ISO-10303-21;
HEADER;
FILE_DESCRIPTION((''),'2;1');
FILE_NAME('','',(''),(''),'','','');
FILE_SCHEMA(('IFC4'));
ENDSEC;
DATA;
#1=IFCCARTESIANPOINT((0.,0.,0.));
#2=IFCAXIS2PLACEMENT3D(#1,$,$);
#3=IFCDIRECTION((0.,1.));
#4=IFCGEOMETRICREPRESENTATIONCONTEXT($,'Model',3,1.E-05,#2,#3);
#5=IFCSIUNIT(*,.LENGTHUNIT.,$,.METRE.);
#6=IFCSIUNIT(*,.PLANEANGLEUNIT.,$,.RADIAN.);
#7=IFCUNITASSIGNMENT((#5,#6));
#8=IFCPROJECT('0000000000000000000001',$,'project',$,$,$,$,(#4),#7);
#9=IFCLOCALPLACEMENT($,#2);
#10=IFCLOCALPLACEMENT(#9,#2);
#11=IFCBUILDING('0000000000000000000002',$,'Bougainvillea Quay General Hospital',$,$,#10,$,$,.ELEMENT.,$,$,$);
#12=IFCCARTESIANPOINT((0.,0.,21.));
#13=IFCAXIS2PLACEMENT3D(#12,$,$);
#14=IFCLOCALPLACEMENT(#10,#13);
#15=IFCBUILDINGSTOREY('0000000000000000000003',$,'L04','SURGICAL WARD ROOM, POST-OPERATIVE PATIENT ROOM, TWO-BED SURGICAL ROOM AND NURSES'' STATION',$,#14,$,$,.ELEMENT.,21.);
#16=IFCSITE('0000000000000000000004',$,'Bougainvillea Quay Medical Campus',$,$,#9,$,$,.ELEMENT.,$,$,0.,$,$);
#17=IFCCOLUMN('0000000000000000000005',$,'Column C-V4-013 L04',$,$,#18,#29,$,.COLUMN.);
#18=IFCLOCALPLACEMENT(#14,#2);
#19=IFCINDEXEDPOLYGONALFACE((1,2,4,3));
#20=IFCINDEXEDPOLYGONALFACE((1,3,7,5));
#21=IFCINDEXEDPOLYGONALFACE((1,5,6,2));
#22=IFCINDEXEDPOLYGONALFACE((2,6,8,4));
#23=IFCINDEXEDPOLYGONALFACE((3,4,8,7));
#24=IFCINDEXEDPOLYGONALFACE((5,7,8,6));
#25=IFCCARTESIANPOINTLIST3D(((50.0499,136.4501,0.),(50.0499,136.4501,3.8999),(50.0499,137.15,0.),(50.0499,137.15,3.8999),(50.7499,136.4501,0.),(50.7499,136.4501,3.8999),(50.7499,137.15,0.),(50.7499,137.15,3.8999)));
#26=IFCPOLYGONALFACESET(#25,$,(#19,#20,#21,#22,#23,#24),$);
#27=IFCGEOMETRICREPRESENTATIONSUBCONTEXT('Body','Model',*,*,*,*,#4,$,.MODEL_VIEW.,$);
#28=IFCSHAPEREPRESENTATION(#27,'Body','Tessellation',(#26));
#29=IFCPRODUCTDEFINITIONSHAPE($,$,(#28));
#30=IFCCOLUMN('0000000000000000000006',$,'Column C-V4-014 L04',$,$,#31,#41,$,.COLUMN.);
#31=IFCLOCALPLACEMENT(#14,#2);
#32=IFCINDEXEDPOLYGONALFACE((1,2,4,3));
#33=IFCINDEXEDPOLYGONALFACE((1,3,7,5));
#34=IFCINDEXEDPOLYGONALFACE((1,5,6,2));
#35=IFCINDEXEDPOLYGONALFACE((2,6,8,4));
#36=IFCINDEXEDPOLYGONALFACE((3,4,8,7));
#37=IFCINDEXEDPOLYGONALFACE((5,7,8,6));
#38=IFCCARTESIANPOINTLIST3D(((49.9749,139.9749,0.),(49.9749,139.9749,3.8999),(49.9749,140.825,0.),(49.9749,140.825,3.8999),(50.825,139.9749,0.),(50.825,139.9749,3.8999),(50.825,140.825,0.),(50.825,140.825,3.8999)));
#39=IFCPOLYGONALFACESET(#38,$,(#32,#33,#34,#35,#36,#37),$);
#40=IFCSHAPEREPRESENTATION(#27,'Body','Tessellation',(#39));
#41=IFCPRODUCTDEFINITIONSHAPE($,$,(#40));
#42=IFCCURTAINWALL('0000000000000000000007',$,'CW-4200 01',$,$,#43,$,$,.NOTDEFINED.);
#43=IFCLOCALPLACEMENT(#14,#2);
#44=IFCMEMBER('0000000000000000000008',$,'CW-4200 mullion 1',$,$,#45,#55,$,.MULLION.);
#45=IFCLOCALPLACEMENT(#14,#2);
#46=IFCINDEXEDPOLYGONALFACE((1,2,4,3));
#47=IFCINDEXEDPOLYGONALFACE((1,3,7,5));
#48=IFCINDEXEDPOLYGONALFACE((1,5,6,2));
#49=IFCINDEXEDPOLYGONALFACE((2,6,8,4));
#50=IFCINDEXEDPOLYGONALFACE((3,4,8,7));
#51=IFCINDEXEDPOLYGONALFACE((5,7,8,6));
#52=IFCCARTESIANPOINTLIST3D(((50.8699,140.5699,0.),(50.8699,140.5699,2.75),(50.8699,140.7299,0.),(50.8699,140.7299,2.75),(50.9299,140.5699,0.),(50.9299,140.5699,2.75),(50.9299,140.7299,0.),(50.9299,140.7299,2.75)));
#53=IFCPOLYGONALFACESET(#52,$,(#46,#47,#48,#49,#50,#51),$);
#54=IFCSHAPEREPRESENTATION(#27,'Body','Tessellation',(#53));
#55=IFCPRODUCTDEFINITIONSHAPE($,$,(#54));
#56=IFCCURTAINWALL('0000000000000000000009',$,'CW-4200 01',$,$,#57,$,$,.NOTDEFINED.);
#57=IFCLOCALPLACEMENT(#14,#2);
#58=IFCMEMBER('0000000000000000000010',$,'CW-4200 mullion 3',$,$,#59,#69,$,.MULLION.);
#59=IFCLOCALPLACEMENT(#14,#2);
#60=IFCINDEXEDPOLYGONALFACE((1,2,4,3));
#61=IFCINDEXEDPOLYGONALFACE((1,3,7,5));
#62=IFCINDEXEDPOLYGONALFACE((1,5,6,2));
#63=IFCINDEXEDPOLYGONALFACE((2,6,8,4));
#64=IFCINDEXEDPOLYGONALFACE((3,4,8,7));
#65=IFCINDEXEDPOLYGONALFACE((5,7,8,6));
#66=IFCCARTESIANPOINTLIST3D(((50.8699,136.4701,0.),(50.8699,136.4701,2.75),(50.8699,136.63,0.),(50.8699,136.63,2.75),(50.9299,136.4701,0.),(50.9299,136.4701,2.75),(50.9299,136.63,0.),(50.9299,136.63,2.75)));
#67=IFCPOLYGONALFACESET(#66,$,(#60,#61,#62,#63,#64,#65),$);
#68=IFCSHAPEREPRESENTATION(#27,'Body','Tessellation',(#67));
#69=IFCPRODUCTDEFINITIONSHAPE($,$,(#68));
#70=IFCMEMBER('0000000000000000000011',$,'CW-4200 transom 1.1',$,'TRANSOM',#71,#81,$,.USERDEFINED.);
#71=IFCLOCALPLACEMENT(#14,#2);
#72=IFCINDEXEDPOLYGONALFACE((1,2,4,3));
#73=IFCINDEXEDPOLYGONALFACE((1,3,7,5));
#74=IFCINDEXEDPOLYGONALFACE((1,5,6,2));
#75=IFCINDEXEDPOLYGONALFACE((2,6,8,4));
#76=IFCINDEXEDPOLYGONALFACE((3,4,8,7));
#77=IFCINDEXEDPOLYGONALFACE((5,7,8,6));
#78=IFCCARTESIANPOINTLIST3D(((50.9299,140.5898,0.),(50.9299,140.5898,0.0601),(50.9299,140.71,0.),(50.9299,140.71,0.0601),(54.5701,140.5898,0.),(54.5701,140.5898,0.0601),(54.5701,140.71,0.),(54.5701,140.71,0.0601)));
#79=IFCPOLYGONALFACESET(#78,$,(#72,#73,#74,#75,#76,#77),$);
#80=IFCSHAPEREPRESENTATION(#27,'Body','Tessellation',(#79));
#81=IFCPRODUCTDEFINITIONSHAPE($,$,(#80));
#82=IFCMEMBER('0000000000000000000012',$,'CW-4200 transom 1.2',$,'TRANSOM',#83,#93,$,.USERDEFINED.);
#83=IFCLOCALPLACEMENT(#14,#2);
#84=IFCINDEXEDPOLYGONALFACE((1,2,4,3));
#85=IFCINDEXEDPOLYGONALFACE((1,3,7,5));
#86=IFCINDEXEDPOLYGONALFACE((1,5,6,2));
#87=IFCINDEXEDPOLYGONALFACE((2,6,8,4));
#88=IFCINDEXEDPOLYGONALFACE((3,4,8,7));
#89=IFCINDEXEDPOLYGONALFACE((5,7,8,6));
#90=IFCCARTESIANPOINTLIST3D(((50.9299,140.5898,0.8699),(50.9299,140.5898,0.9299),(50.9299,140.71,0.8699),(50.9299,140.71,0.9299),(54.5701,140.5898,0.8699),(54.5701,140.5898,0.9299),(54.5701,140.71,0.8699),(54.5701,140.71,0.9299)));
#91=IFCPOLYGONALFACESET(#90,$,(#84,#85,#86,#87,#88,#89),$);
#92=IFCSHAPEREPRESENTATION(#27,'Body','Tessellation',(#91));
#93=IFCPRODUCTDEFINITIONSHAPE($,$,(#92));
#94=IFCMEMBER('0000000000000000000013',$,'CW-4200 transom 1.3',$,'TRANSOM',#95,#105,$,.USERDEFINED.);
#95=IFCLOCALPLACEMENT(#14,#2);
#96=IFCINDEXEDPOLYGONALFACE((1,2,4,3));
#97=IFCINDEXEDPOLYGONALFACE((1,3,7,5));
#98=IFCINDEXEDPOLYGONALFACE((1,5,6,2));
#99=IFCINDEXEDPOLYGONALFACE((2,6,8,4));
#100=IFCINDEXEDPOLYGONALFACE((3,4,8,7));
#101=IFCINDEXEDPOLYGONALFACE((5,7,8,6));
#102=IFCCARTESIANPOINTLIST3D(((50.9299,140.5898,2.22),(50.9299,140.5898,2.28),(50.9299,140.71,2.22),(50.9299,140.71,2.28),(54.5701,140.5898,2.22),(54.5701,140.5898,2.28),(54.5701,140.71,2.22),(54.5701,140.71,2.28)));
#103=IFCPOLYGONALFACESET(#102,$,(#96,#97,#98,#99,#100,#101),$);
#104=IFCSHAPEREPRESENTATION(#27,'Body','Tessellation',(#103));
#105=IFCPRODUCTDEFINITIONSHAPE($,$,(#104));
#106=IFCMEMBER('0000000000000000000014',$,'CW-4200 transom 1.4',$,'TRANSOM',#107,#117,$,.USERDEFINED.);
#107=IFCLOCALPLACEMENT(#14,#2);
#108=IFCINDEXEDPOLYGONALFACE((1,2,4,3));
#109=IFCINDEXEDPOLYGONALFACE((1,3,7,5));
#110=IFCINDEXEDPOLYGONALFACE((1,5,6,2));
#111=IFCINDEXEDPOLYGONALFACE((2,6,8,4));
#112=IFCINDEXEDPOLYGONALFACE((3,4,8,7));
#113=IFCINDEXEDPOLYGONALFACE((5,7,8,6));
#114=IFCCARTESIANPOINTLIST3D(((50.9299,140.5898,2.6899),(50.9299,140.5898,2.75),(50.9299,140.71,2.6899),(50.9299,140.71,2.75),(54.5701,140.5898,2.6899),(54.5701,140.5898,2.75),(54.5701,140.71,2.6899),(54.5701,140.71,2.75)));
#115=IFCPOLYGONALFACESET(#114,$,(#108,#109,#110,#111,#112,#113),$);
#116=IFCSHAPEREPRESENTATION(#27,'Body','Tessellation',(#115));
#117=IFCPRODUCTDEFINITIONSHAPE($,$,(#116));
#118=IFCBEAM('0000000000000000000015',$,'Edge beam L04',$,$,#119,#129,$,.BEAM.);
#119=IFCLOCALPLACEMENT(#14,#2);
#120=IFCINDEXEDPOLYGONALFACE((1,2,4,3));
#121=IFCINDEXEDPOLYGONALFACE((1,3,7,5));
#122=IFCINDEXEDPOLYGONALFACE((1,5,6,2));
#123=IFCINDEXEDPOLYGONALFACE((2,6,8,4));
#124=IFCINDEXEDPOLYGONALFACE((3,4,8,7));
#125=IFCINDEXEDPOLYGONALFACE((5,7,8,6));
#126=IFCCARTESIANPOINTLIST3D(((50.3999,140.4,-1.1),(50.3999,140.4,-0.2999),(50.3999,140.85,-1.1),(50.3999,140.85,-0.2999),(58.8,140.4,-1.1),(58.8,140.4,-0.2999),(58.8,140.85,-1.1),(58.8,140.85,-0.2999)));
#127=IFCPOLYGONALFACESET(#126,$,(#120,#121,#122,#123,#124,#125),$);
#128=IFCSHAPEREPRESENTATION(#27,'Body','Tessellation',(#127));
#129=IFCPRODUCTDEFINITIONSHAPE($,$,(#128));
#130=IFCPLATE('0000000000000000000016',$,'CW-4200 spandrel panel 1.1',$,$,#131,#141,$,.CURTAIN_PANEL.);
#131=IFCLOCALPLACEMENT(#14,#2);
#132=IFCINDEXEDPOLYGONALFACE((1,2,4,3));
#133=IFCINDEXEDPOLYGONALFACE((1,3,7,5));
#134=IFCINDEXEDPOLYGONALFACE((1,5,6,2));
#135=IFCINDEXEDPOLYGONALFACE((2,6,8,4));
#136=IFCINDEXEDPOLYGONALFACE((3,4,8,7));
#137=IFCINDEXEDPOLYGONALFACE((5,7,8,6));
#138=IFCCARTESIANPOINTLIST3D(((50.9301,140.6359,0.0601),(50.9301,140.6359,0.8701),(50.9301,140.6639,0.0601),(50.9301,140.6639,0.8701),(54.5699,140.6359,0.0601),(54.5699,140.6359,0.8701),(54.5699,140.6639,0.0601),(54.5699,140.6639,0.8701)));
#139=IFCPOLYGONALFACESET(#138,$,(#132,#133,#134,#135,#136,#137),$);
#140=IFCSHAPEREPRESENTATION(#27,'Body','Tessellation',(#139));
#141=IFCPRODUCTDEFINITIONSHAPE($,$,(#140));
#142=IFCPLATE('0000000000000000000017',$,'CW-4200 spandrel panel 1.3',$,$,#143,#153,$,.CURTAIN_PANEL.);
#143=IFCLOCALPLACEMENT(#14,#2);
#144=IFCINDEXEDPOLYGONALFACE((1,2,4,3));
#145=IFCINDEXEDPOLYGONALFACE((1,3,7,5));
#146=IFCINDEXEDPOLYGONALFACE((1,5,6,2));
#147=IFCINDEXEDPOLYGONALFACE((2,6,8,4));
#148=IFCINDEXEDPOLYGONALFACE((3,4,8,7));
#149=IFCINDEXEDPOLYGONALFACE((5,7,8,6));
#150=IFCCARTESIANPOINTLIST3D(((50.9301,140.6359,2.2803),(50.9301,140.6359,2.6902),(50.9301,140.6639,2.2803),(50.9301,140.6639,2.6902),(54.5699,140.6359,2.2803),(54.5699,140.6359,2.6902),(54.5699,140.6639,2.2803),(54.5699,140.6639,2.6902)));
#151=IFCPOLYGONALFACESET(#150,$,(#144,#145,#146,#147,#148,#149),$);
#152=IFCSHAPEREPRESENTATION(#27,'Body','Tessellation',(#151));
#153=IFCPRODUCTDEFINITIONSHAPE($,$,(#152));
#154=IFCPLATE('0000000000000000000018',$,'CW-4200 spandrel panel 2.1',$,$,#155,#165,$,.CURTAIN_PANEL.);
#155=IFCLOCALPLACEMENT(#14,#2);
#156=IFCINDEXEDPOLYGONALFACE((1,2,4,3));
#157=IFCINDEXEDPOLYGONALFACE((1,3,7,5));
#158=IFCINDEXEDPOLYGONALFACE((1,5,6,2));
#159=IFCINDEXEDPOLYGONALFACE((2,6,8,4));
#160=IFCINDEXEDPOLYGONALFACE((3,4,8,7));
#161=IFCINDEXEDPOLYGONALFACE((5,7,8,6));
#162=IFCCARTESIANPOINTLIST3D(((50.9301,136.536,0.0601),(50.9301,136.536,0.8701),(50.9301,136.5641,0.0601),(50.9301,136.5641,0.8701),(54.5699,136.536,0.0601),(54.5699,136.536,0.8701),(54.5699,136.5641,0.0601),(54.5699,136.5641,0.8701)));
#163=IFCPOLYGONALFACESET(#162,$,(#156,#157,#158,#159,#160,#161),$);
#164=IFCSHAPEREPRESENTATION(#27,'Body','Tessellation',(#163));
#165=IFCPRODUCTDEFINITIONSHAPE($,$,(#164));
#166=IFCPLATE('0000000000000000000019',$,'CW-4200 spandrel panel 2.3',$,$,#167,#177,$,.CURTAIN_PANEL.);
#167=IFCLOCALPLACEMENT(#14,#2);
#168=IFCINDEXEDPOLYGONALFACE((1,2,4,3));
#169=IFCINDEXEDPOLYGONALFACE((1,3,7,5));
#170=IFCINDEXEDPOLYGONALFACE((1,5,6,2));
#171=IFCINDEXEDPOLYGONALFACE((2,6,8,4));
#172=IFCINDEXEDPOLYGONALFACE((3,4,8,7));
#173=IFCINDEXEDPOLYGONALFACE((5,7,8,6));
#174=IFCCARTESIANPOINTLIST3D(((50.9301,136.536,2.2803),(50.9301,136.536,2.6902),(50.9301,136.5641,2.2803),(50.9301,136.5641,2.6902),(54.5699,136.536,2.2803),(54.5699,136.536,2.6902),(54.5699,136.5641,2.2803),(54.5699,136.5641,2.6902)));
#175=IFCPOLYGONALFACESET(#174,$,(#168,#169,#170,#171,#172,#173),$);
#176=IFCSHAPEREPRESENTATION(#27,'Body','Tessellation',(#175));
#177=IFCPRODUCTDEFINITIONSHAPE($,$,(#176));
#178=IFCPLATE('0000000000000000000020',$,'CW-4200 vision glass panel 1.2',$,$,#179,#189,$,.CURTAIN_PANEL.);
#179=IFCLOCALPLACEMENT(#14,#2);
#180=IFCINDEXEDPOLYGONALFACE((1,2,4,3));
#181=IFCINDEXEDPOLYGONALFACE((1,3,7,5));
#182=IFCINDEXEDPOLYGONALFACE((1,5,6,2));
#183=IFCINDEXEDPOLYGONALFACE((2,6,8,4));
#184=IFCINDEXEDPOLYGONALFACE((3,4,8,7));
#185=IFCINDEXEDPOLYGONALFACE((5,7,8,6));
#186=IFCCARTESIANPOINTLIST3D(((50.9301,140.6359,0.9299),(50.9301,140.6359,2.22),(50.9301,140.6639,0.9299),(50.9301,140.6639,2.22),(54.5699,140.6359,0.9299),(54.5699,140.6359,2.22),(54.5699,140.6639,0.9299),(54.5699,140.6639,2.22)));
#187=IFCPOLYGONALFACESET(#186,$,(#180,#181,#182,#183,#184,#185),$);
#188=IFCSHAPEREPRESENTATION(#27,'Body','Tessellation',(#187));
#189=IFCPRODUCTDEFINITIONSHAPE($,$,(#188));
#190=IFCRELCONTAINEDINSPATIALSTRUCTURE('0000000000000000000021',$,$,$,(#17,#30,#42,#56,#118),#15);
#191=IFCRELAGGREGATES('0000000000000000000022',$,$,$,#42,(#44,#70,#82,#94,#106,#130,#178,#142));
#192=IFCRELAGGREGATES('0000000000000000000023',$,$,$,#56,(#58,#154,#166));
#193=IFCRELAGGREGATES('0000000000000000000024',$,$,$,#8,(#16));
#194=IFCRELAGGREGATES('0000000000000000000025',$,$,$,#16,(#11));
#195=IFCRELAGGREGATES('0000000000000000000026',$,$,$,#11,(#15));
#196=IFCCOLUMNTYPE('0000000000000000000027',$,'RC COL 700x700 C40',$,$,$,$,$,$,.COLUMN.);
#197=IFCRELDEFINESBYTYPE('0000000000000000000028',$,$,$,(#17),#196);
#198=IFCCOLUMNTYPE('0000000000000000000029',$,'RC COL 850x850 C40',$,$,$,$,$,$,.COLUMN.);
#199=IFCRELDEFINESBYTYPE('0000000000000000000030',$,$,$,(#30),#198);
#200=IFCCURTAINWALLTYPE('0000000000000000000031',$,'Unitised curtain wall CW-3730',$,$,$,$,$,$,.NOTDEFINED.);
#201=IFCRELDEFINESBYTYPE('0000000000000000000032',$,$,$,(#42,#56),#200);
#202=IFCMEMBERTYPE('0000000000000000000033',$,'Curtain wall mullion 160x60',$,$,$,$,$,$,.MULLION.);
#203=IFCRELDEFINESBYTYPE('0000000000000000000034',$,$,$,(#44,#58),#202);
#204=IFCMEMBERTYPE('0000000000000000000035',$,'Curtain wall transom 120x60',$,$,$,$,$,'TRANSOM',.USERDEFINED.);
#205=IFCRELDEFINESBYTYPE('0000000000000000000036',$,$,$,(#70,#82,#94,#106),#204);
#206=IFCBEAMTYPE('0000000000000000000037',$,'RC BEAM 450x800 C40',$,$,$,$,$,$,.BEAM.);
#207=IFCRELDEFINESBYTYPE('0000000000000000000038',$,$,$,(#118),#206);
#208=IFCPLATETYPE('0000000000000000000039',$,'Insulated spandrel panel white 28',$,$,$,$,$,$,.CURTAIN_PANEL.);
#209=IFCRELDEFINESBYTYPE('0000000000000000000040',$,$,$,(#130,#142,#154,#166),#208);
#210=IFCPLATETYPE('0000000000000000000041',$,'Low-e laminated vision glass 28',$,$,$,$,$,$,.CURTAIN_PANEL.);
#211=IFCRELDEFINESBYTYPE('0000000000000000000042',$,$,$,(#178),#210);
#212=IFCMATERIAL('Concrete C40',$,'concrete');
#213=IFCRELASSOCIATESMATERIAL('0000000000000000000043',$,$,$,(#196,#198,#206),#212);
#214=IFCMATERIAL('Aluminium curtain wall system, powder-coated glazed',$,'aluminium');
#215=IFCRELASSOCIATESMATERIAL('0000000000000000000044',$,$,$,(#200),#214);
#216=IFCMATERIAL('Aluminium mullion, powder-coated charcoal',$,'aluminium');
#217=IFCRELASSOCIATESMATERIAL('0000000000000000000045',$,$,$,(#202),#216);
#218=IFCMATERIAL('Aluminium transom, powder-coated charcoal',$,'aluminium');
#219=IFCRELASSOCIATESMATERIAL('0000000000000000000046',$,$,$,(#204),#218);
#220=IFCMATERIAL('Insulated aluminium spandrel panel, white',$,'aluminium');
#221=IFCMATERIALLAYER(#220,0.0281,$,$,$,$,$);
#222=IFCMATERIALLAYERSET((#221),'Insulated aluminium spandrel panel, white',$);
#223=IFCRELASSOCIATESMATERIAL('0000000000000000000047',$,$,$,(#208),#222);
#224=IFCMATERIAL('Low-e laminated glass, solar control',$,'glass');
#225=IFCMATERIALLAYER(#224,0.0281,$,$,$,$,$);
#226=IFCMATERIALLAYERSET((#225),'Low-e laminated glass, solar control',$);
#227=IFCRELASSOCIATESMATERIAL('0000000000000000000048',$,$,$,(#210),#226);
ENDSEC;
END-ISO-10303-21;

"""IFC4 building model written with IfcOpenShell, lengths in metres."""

from ifc_helpers import new_model, si_unit, direction, frame, origin, origin_2d, place, context, subcontext, project, spatial, rectangle, extrude, material, layer, layer_set, material_profile, profile_set, type_object, element, aggregate, save


model = new_model("IFC4")

# Units and contexts
model_context = context("Model", 3, precision=1e-05, world=origin(), true_north=direction((0.0, 1.0)))
body_context = subcontext(model_context, "Body", "Model", "MODEL_VIEW")
ifc_project = project(units=[si_unit("LENGTHUNIT", "METRE"), si_unit("PLANEANGLEUNIT", "RADIAN")], contexts=[model_context])

# Site, building, storey
site_placement = place(None, origin())
site = spatial("IfcSite", under=ifc_project, at=site_placement, Name="Bougainvillea Quay Medical Campus", CompositionType="ELEMENT", RefElevation=0.0)
building_placement = place(site_placement, origin())
building = spatial("IfcBuilding", under=site, at=building_placement, Name="Bougainvillea Quay General Hospital", CompositionType="ELEMENT")
storey_placement = place(building_placement, frame((0.0, 0.0, 21.0)))
storey = spatial("IfcBuildingStorey", under=building, at=storey_placement, Name="L04", Description="SURGICAL WARD ROOM, POST-OPERATIVE PATIENT ROOM, TWO-BED SURGICAL ROOM AND NURSES' STATION", CompositionType="ELEMENT", Elevation=21.0)

# Columns
ifc_material_1 = material(Name="Concrete C40", Category="concrete")
ifc_material_profile_1 = material_profile(ifc_material_1, rectangle(XDim=0.7, YDim=0.7, at=origin_2d()))
ifc_profile_set_1 = profile_set([ifc_material_profile_1], Name="Concrete C40")
column_type_1 = type_object("IfcColumnType", Name="RC COL 700x700 C40", PredefinedType="COLUMN", material=ifc_profile_set_1)
column_1_placement = place(storey_placement, frame((50.3999, 136.8, 0.0), z_axis=(0.0, 0.0, 1.0), x_axis=(1.0, 0.0, 0.0)))
element("IfcColumn", 1, at=column_1_placement, inside=storey, type_object=column_type_1, Name="Column C-V4-013 L04", PredefinedType="COLUMN", context=body_context, shape_type="SweptSolid", body=[
    extrude(rectangle(XDim=0.7, YDim=0.7, at=origin_2d()), origin(), (0.0, 0.0, 1.0), 3.8999),
])
ifc_material_profile_2 = material_profile(ifc_material_1, rectangle(XDim=0.8501, YDim=0.8501, at=origin_2d()))
ifc_profile_set_2 = profile_set([ifc_material_profile_2], Name="Concrete C40")
column_type_2 = type_object("IfcColumnType", Name="RC COL 850x850 C40", PredefinedType="COLUMN", material=ifc_profile_set_2)
column_2_placement = place(storey_placement, frame((50.3999, 140.3999, 0.0), z_axis=(0.0, 0.0, 1.0), x_axis=(1.0, 0.0, 0.0)))
element("IfcColumn", 2, at=column_2_placement, inside=storey, type_object=column_type_2, Name="Column C-V4-014 L04", PredefinedType="COLUMN", context=body_context, shape_type="SweptSolid", body=[
    extrude(rectangle(XDim=0.8501, YDim=0.8501, at=origin_2d()), origin(), (0.0, 0.0, 1.0), 3.8999),
])

# Curtain walls, members
ifc_material_2 = material(Name="Aluminium curtain wall system, powder-coated glazed", Category="aluminium")
curtain_wall_type = type_object("IfcCurtainWallType", Name="Unitised curtain wall CW-3730", PredefinedType="NOTDEFINED", material=ifc_material_2)
curtain_wall_1_placement = place(storey_placement, origin())
curtain_wall_1 = element("IfcCurtainWall", 3, at=curtain_wall_1_placement, inside=storey, type_object=curtain_wall_type, Name="CW-4200 01", PredefinedType="NOTDEFINED")
ifc_material_3 = material(Name="Aluminium mullion, powder-coated charcoal", Category="aluminium")
ifc_material_profile_3 = material_profile(ifc_material_3, rectangle(XDim=0.1599, YDim=0.0601, at=origin_2d()))
ifc_profile_set_3 = profile_set([ifc_material_profile_3], Name="Aluminium mullion, powder-coated charcoal")
member_type_1 = type_object("IfcMemberType", Name="Curtain wall mullion 160x60", PredefinedType="MULLION", material=ifc_profile_set_3)
member_1_placement = place(storey_placement, frame((50.8999, 140.6499, 0.0), z_axis=(0.0, 0.0, 1.0), x_axis=(0.0, 1.0, 0.0)))
member_1 = element("IfcMember", 4, at=member_1_placement, type_object=member_type_1, Name="CW-4200 mullion 1", PredefinedType="MULLION", context=body_context, shape_type="SweptSolid", body=[
    extrude(rectangle(XDim=0.1599, YDim=0.0601, at=origin_2d()), origin(), (0.0, 0.0, 1.0), 2.75),
])
curtain_wall_2_placement = place(storey_placement, origin())
curtain_wall_2 = element("IfcCurtainWall", 5, at=curtain_wall_2_placement, inside=storey, type_object=curtain_wall_type, Name="CW-4200 01", PredefinedType="NOTDEFINED")
member_2_placement = place(storey_placement, frame((50.8999, 136.55, 0.0), z_axis=(0.0, 0.0, 1.0), x_axis=(0.0, -1.0, 0.0)))
member_2 = element("IfcMember", 6, at=member_2_placement, type_object=member_type_1, Name="CW-4200 mullion 3", PredefinedType="MULLION", context=body_context, shape_type="SweptSolid", body=[
    extrude(rectangle(XDim=0.1599, YDim=0.0601, at=origin_2d()), origin(), (0.0, 0.0, 1.0), 2.75),
])

# Members
ifc_material_4 = material(Name="Aluminium transom, powder-coated charcoal", Category="aluminium")
ifc_material_profile_4 = material_profile(ifc_material_4, rectangle(XDim=0.1201, YDim=0.0601, at=origin_2d()))
ifc_profile_set_4 = profile_set([ifc_material_profile_4], Name="Aluminium transom, powder-coated charcoal")
member_type_2 = type_object("IfcMemberType", Name="Curtain wall transom 120x60", ElementType="TRANSOM", PredefinedType="USERDEFINED", material=ifc_profile_set_4)
member_3_placement = place(storey_placement, frame((50.9299, 140.6499, 0.03), z_axis=(1.0, 0.0, 0.0), x_axis=(0.0, 1.0, 0.0)))
member_3 = element("IfcMember", 7, at=member_3_placement, type_object=member_type_2, Name="CW-4200 transom 1.1", ObjectType="TRANSOM", PredefinedType="USERDEFINED", context=body_context, shape_type="SweptSolid", body=[
    extrude(rectangle(XDim=0.1201, YDim=0.0601, at=origin_2d()), origin(), (0.0, 0.0, 1.0), 3.6401),
])
member_4_placement = place(storey_placement, frame((50.9299, 140.6499, 0.8999), z_axis=(1.0, 0.0, 0.0), x_axis=(0.0, 1.0, 0.0)))
member_4 = element("IfcMember", 8, at=member_4_placement, type_object=member_type_2, Name="CW-4200 transom 1.2", ObjectType="TRANSOM", PredefinedType="USERDEFINED", context=body_context, shape_type="SweptSolid", body=[
    extrude(rectangle(XDim=0.1201, YDim=0.0601, at=origin_2d()), origin(), (0.0, 0.0, 1.0), 3.6401),
])
member_5_placement = place(storey_placement, frame((50.9299, 140.6499, 2.25), z_axis=(1.0, 0.0, 0.0), x_axis=(0.0, 1.0, 0.0)))
member_5 = element("IfcMember", 9, at=member_5_placement, type_object=member_type_2, Name="CW-4200 transom 1.3", ObjectType="TRANSOM", PredefinedType="USERDEFINED", context=body_context, shape_type="SweptSolid", body=[
    extrude(rectangle(XDim=0.1201, YDim=0.0601, at=origin_2d()), origin(), (0.0, 0.0, 1.0), 3.6401),
])
member_6_placement = place(storey_placement, frame((50.9299, 140.6499, 2.72), z_axis=(1.0, 0.0, 0.0), x_axis=(0.0, 1.0, 0.0)))
member_6 = element("IfcMember", 10, at=member_6_placement, type_object=member_type_2, Name="CW-4200 transom 1.4", ObjectType="TRANSOM", PredefinedType="USERDEFINED", context=body_context, shape_type="SweptSolid", body=[
    extrude(rectangle(XDim=0.1201, YDim=0.0601, at=origin_2d()), origin(), (0.0, 0.0, 1.0), 3.6401),
])

# Beam
ifc_material_profile_5 = material_profile(ifc_material_1, rectangle(XDim=0.45, YDim=0.8, at=origin_2d()))
ifc_profile_set_5 = profile_set([ifc_material_profile_5], Name="Concrete C40")
beam_type = type_object("IfcBeamType", Name="RC BEAM 450x800 C40", PredefinedType="BEAM", material=ifc_profile_set_5)
beam_placement = place(storey_placement, frame((50.3999, 140.625, -0.7), z_axis=(1.0, 0.0, 0.0), x_axis=(0.0, 1.0, 0.0)))
element("IfcBeam", 11, at=beam_placement, inside=storey, type_object=beam_type, Name="Edge beam L04", PredefinedType="BEAM", context=body_context, shape_type="SweptSolid", body=[
    extrude(rectangle(XDim=0.45, YDim=0.8, at=origin_2d()), origin(), (0.0, 0.0, 1.0), 8.4001),
])

# Plates
ifc_material_5 = material(Name="Insulated aluminium spandrel panel, white", Category="aluminium")
ifc_layer_1 = layer(ifc_material_5, 0.0281)
ifc_layer_set_1 = layer_set([ifc_layer_1], Name="Insulated aluminium spandrel panel, white")
plate_type_1 = type_object("IfcPlateType", Name="Insulated spandrel panel white 28", PredefinedType="CURTAIN_PANEL", material=ifc_layer_set_1)
plate_1_placement = place(storey_placement, frame((52.75, 140.6499, 0.0601), z_axis=(0.0, 0.0, 1.0), x_axis=(1.0, 0.0, 0.0)))
plate_1 = element("IfcPlate", 12, at=plate_1_placement, type_object=plate_type_1, Name="CW-4200 spandrel panel 1.1", PredefinedType="CURTAIN_PANEL", context=body_context, shape_type="SweptSolid", body=[
    extrude(rectangle(XDim=3.6399, YDim=0.0281, at=origin_2d()), origin(), (0.0, 0.0, 1.0), 0.8101),
])
plate_2_placement = place(storey_placement, frame((52.75, 140.6499, 2.2803), z_axis=(0.0, 0.0, 1.0), x_axis=(1.0, 0.0, 0.0)))
plate_2 = element("IfcPlate", 13, at=plate_2_placement, type_object=plate_type_1, Name="CW-4200 spandrel panel 1.3", PredefinedType="CURTAIN_PANEL", context=body_context, shape_type="SweptSolid", body=[
    extrude(rectangle(XDim=3.6399, YDim=0.0281, at=origin_2d()), origin(), (0.0, 0.0, 1.0), 0.4099),
])
plate_3_placement = place(storey_placement, frame((52.75, 136.55, 0.0601), z_axis=(0.0, 0.0, 1.0), x_axis=(-1.0, 0.0, 0.0)))
plate_3 = element("IfcPlate", 14, at=plate_3_placement, type_object=plate_type_1, Name="CW-4200 spandrel panel 2.1", PredefinedType="CURTAIN_PANEL", context=body_context, shape_type="SweptSolid", body=[
    extrude(rectangle(XDim=3.6399, YDim=0.0281, at=origin_2d()), origin(), (0.0, 0.0, 1.0), 0.8101),
])
plate_4_placement = place(storey_placement, frame((52.75, 136.55, 2.2803), z_axis=(0.0, 0.0, 1.0), x_axis=(-1.0, 0.0, 0.0)))
plate_4 = element("IfcPlate", 15, at=plate_4_placement, type_object=plate_type_1, Name="CW-4200 spandrel panel 2.3", PredefinedType="CURTAIN_PANEL", context=body_context, shape_type="SweptSolid", body=[
    extrude(rectangle(XDim=3.6399, YDim=0.0281, at=origin_2d()), origin(), (0.0, 0.0, 1.0), 0.4099),
])
ifc_material_6 = material(Name="Low-e laminated glass, solar control", Category="glass")
ifc_layer_2 = layer(ifc_material_6, 0.0281)
ifc_layer_set_2 = layer_set([ifc_layer_2], Name="Low-e laminated glass, solar control")
plate_type_2 = type_object("IfcPlateType", Name="Low-e laminated vision glass 28", PredefinedType="CURTAIN_PANEL", material=ifc_layer_set_2)
plate_5_placement = place(storey_placement, frame((52.75, 140.6499, 0.9299), z_axis=(0.0, 0.0, 1.0), x_axis=(1.0, 0.0, 0.0)))
plate_5 = element("IfcPlate", 16, at=plate_5_placement, type_object=plate_type_2, Name="CW-4200 vision glass panel 1.2", PredefinedType="CURTAIN_PANEL", context=body_context, shape_type="SweptSolid", body=[
    extrude(rectangle(XDim=3.6399, YDim=0.0281, at=origin_2d()), origin(), (0.0, 0.0, 1.0), 1.29),
])
aggregate(curtain_wall_1, [member_1, member_3, member_4, member_5, member_6, plate_1, plate_5, plate_2])
aggregate(curtain_wall_2, [member_2, plate_3, plate_4])

save(model, "model.ifc")
